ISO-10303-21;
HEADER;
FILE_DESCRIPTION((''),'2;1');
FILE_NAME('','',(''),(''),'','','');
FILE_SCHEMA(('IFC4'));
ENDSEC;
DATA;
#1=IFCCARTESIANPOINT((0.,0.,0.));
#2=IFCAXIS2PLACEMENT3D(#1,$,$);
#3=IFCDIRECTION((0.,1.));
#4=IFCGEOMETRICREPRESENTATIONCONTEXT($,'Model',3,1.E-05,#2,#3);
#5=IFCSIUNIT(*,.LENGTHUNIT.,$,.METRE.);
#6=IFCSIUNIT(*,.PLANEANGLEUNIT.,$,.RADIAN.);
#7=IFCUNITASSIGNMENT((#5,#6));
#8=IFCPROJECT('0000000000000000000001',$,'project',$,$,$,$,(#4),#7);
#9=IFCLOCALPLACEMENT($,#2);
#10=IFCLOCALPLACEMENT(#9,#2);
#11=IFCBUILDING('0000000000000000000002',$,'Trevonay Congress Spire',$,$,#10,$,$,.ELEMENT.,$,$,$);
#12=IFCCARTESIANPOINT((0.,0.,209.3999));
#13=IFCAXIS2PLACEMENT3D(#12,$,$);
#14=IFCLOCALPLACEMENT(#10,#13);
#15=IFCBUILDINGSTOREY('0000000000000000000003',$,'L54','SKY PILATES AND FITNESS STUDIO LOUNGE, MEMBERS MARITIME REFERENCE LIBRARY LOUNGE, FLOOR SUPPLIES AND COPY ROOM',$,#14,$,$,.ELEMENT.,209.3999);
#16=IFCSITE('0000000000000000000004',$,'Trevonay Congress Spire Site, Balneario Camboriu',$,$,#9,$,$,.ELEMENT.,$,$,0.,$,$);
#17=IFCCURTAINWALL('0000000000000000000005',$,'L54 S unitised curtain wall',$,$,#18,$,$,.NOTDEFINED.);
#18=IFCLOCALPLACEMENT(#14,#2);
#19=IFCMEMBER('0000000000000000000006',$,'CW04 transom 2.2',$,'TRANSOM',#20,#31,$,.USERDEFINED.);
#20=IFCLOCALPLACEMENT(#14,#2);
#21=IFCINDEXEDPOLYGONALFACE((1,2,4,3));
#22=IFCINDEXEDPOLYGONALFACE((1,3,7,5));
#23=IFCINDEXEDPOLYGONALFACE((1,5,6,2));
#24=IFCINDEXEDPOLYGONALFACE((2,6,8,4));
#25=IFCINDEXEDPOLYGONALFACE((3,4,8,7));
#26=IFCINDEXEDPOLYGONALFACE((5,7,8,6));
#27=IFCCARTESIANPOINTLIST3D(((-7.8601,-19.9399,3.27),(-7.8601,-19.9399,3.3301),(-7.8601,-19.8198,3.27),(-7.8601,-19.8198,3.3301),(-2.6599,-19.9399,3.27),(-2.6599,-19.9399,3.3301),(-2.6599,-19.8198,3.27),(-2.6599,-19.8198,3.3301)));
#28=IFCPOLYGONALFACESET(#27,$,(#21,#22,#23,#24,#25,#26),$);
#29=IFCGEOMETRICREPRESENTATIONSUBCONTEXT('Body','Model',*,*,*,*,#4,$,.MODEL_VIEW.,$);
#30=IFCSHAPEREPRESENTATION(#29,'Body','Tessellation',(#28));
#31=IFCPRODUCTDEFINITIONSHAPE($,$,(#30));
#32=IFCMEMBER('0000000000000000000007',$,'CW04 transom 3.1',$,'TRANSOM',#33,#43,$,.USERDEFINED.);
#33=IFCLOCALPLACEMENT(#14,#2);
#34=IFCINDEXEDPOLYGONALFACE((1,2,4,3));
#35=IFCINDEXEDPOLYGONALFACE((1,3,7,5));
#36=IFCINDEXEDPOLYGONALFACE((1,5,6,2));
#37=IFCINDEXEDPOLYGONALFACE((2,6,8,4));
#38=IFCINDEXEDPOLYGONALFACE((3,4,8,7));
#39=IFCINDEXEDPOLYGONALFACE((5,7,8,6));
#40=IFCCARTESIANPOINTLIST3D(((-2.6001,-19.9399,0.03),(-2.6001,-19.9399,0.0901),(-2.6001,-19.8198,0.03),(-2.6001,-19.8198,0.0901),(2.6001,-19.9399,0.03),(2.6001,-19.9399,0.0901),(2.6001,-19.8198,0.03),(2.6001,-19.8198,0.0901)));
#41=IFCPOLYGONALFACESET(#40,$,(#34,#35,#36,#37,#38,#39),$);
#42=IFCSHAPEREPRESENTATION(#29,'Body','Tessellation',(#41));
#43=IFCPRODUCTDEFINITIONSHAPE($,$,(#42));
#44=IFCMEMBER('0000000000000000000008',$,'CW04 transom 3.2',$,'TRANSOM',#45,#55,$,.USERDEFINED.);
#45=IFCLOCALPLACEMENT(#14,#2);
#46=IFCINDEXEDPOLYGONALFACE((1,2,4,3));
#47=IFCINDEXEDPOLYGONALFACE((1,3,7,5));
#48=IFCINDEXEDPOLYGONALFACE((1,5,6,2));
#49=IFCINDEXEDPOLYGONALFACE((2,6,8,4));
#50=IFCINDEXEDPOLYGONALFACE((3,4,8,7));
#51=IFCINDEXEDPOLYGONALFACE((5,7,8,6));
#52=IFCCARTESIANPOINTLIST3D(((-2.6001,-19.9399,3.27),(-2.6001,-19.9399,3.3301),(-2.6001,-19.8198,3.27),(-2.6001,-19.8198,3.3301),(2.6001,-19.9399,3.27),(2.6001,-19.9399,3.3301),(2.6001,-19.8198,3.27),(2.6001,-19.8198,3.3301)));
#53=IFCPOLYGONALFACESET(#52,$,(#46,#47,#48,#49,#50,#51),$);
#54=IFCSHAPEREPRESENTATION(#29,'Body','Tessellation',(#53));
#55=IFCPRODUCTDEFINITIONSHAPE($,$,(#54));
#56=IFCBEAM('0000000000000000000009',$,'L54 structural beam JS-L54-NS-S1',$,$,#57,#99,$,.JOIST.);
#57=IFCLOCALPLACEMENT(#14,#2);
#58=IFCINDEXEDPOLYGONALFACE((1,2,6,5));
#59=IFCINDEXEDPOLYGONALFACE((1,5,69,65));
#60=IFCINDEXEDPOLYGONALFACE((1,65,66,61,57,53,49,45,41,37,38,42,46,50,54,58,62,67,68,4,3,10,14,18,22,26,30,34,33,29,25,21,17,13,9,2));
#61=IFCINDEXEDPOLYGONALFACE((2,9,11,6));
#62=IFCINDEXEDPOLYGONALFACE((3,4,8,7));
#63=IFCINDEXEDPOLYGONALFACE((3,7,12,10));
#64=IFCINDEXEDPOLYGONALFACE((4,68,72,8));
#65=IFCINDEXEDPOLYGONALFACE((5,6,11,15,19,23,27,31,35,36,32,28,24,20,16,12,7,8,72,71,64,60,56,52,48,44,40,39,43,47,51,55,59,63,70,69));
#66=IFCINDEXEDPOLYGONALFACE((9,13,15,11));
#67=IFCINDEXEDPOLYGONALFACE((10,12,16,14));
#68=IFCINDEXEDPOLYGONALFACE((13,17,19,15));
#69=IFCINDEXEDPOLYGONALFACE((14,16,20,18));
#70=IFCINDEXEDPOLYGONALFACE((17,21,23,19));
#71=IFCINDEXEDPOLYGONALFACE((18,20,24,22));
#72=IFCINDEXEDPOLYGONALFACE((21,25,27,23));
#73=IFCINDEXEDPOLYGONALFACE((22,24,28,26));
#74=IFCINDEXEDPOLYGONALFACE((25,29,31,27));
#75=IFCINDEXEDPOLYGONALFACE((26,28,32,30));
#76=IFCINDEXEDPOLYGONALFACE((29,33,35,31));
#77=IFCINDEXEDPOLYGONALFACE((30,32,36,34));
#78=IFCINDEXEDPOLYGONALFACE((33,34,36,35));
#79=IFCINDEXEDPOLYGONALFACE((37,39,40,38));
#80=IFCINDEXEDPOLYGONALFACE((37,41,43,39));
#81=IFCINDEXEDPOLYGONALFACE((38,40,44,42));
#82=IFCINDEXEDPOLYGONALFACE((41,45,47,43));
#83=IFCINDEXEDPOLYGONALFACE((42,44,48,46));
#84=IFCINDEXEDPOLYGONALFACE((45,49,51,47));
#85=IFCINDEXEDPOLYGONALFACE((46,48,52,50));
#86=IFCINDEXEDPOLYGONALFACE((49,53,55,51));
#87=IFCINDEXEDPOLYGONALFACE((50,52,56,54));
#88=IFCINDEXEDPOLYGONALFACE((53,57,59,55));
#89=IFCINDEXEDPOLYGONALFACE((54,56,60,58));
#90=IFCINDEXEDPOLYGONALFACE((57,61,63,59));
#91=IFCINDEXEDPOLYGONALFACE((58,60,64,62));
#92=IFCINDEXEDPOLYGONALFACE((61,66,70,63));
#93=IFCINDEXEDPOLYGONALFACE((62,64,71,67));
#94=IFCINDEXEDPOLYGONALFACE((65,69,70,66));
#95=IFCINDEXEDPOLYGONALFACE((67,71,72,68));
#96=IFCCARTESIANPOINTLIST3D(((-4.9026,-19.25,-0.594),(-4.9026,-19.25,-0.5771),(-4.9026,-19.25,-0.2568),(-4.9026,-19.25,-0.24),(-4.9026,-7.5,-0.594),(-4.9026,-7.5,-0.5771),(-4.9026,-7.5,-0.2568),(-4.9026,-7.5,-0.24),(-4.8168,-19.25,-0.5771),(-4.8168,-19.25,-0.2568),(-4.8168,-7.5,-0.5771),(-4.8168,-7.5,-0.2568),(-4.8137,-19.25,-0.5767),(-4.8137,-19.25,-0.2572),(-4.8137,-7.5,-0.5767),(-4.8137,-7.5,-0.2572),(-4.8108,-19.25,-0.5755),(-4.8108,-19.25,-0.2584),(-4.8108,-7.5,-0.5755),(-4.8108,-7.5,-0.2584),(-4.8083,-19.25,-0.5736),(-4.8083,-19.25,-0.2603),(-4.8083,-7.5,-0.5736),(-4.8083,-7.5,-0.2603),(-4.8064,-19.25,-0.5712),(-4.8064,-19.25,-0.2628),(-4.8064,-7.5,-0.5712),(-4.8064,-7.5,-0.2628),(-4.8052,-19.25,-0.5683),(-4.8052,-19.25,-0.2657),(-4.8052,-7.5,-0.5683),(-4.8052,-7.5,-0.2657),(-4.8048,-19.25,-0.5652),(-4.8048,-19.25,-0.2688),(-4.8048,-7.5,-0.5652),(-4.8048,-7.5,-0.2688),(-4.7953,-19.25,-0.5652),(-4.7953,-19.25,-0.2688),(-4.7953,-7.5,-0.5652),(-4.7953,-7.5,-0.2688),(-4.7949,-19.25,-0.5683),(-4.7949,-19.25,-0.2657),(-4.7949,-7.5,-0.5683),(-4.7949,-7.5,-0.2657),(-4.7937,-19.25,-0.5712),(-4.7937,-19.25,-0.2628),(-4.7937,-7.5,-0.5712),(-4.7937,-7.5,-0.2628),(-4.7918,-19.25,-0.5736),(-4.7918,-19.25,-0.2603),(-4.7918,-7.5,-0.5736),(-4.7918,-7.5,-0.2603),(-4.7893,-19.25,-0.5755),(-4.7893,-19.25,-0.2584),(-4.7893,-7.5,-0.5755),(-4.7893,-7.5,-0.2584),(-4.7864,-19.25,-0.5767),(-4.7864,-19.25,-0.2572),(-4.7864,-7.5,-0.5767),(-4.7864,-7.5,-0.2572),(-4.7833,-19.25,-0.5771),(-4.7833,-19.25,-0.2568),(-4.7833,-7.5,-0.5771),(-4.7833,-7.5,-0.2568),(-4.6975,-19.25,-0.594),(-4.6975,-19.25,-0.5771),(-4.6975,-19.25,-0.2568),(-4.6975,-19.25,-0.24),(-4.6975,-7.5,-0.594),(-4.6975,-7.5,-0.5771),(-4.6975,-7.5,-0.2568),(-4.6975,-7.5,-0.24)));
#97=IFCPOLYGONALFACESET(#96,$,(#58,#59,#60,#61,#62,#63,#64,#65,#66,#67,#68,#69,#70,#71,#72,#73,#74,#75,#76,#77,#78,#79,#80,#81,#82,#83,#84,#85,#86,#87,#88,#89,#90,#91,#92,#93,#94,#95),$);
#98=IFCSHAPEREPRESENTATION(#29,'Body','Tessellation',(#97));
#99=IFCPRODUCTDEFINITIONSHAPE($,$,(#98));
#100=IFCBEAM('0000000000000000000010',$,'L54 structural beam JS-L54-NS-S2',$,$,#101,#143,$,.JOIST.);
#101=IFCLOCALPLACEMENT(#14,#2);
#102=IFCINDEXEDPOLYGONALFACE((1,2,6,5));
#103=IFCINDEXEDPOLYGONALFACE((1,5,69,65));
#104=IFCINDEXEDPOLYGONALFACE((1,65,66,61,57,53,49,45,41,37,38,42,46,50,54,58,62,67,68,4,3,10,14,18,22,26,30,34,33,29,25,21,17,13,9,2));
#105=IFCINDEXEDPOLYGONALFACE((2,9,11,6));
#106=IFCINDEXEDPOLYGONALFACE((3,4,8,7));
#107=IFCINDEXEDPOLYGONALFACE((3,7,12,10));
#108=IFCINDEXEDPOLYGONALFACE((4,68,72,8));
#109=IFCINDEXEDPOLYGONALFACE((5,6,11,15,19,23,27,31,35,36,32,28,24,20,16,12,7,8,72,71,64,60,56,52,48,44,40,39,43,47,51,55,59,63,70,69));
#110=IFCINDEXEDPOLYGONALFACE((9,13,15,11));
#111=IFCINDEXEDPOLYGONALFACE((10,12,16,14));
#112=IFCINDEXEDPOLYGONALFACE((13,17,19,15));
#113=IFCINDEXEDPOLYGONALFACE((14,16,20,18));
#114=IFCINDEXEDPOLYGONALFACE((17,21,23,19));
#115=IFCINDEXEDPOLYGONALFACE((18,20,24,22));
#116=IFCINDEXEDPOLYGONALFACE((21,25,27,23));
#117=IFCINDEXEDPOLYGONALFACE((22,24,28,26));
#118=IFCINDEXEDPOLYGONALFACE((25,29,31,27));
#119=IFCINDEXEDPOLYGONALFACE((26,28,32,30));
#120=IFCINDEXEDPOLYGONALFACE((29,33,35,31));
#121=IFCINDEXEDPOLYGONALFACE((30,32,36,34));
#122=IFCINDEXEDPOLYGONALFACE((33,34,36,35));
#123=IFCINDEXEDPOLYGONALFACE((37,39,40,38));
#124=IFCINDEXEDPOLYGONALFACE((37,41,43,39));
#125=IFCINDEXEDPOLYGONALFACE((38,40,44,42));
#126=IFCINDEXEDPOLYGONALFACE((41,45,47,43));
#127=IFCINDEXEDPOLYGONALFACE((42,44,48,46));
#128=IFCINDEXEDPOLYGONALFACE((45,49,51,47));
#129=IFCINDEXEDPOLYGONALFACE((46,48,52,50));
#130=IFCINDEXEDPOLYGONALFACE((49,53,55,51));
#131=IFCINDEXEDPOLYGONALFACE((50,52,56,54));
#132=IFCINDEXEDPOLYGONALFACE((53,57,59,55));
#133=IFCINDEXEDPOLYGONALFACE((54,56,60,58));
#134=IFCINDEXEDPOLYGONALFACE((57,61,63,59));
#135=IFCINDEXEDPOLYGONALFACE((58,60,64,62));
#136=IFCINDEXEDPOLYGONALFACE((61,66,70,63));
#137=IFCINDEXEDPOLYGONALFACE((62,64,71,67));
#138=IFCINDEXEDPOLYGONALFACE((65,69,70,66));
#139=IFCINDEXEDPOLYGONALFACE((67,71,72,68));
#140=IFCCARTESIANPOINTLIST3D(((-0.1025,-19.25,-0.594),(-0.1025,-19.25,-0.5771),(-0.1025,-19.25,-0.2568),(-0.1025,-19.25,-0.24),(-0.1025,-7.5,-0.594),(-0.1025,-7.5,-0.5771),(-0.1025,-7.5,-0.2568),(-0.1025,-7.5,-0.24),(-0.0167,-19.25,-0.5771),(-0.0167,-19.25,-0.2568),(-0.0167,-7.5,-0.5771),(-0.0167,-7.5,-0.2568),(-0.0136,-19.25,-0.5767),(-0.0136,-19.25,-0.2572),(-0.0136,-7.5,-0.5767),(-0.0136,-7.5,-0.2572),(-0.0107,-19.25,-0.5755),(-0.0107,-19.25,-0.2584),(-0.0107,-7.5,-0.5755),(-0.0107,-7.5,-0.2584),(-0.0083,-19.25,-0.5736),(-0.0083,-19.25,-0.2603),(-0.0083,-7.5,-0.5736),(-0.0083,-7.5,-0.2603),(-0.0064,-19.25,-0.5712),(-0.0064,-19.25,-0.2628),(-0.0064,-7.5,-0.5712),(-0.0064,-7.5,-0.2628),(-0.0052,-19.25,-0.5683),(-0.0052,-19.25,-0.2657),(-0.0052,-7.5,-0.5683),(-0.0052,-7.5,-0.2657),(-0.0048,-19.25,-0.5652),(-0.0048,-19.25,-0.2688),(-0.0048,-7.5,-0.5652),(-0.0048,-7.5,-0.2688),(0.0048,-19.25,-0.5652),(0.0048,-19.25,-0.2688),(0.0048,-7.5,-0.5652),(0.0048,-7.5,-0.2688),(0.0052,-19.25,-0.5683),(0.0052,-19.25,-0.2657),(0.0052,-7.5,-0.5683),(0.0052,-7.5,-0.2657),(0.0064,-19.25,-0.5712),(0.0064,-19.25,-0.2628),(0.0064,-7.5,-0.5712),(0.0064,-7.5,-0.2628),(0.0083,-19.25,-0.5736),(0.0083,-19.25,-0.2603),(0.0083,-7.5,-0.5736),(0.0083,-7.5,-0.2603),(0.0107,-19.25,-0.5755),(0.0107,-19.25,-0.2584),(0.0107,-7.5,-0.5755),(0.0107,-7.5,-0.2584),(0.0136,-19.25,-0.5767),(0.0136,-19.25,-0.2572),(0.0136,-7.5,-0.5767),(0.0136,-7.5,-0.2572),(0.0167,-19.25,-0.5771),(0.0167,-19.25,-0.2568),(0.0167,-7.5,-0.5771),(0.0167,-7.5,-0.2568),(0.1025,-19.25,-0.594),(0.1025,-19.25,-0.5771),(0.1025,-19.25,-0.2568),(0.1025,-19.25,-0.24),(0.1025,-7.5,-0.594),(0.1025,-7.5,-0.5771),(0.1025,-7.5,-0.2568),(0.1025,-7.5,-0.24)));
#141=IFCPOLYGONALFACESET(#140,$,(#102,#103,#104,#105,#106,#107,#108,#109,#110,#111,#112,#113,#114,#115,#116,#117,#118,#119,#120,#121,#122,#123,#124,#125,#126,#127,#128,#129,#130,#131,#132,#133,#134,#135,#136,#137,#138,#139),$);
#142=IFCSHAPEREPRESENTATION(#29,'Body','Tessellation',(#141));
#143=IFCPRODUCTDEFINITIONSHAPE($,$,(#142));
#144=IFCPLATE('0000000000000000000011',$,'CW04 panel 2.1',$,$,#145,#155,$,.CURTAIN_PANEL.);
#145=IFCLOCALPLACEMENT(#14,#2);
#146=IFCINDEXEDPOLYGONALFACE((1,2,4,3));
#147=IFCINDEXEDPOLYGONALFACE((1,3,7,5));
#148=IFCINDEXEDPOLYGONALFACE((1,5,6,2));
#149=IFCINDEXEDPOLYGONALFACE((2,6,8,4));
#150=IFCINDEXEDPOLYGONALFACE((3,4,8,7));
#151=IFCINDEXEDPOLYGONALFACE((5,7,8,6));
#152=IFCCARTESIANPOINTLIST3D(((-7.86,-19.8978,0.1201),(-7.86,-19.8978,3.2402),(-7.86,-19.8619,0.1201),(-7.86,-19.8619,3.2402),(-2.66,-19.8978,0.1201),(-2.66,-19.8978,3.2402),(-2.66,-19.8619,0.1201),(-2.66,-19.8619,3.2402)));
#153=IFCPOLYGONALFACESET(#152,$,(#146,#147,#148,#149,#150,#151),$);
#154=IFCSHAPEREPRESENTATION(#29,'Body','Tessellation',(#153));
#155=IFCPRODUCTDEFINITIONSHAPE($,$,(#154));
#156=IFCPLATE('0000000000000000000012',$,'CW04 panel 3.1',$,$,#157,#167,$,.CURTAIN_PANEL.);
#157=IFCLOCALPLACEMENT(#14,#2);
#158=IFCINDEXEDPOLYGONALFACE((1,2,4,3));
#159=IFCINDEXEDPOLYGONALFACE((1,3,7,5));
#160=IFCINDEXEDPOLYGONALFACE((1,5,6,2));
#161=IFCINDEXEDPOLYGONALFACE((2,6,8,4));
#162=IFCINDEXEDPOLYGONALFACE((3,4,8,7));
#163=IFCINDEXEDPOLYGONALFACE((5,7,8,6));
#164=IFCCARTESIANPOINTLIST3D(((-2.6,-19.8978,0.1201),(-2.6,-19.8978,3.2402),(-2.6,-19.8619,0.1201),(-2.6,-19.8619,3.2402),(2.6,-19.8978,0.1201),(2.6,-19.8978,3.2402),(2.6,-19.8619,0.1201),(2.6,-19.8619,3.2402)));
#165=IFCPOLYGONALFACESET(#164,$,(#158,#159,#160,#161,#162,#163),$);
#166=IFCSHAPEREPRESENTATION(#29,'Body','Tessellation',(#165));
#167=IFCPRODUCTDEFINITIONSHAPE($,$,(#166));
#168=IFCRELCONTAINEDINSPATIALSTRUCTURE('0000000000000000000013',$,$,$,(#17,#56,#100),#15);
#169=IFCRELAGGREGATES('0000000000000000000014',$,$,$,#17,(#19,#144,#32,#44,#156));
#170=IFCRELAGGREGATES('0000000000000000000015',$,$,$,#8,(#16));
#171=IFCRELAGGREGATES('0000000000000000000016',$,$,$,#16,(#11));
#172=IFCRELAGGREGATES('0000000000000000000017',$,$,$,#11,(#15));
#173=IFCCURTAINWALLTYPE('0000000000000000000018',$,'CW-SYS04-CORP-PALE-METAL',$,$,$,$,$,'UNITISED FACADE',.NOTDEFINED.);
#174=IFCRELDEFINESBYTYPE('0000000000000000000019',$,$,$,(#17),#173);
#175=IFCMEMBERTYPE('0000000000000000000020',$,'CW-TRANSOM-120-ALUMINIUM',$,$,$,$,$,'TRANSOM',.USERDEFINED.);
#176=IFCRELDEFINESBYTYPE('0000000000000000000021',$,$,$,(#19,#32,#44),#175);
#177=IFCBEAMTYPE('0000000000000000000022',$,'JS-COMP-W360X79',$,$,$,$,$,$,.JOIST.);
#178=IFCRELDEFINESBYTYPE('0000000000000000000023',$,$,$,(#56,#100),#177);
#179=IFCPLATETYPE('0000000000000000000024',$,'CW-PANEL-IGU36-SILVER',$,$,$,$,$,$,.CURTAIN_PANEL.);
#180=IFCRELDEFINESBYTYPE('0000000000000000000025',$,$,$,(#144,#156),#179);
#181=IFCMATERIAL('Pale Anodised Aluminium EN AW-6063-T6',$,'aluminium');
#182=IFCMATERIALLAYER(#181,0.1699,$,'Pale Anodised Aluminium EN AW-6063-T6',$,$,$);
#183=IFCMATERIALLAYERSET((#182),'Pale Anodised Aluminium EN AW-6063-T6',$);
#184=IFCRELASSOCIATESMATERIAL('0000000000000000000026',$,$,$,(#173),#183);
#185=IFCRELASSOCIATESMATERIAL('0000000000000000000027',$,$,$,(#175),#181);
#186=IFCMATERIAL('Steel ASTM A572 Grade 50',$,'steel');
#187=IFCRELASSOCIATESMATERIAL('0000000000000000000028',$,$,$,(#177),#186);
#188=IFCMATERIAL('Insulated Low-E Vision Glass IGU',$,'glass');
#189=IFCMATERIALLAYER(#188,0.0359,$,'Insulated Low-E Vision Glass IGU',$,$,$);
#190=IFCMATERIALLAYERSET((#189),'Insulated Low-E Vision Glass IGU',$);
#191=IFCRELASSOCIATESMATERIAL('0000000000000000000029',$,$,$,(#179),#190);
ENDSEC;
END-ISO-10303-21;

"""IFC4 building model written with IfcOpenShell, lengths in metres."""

from ifc_helpers import new_model, si_unit, direction, frame, origin, origin_2d, place, context, subcontext, project, spatial, rectangle, i_section, extrude, material, layer, layer_set, material_profile, profile_set, type_object, element, aggregate, save


model = new_model("IFC4")

# Units and contexts
model_context = context("Model", 3, precision=1e-05, world=origin(), true_north=direction((0.0, 1.0)))
body_context = subcontext(model_context, "Body", "Model", "MODEL_VIEW")
ifc_project = project(units=[si_unit("LENGTHUNIT", "METRE"), si_unit("PLANEANGLEUNIT", "RADIAN")], contexts=[model_context])

# Site, building, storey
site_placement = place(None, origin())
site = spatial("IfcSite", under=ifc_project, at=site_placement, Name="Trevonay Congress Spire Site, Balneario Camboriu", CompositionType="ELEMENT", RefElevation=0.0)
building_placement = place(site_placement, origin())
building = spatial("IfcBuilding", under=site, at=building_placement, Name="Trevonay Congress Spire", CompositionType="ELEMENT")
storey_placement = place(building_placement, frame((0.0, 0.0, 209.3999)))
storey = spatial("IfcBuildingStorey", under=building, at=storey_placement, Name="L54", Description="SKY PILATES AND FITNESS STUDIO LOUNGE, MEMBERS MARITIME REFERENCE LIBRARY LOUNGE, FLOOR SUPPLIES AND COPY ROOM", CompositionType="ELEMENT", Elevation=209.3999)

# Shared definitions
ifc_material_1 = material(Name="Steel ASTM A572 Grade 50", Category="steel")

# Curtain wall, members
ifc_material_2 = material(Name="Pale Anodised Aluminium EN AW-6063-T6", Category="aluminium")
ifc_layer_1 = layer(ifc_material_2, 0.1699, Name="Pale Anodised Aluminium EN AW-6063-T6")
ifc_layer_set_1 = layer_set([ifc_layer_1], Name="Pale Anodised Aluminium EN AW-6063-T6")
curtain_wall_type = type_object("IfcCurtainWallType", Name="CW-SYS04-CORP-PALE-METAL", ElementType="UNITISED FACADE", PredefinedType="NOTDEFINED", material=ifc_layer_set_1)
curtain_wall_placement = place(storey_placement, origin())
curtain_wall = element("IfcCurtainWall", 1, at=curtain_wall_placement, inside=storey, type_object=curtain_wall_type, Name="L54 S unitised curtain wall", PredefinedType="NOTDEFINED")
ifc_material_profile_1 = material_profile(ifc_material_2, rectangle(XDim=0.1201, YDim=0.0601, at=origin_2d()), Name="CW-TRANSOM-120-ALUMINIUM")
ifc_profile_set_1 = profile_set([ifc_material_profile_1], Name="Pale Anodised Aluminium EN AW-6063-T6")
member_type_1 = type_object("IfcMemberType", Name="CW-TRANSOM-120-ALUMINIUM", ElementType="TRANSOM", PredefinedType="USERDEFINED", material=ifc_profile_set_1)
member_1_placement = place(storey_placement, frame((-7.8601, -19.8799, 3.3), z_axis=(1.0, 0.0, 0.0), x_axis=(0.0, 1.0, 0.0)))
member_1 = element("IfcMember", 2, at=member_1_placement, type_object=member_type_1, Name="CW04 transom 2.2", ObjectType="TRANSOM", PredefinedType="USERDEFINED", context=body_context, shape_type="SweptSolid", body=[
    extrude(rectangle(XDim=0.1201, YDim=0.0601, at=origin_2d()), origin(), (0.0, 0.0, 1.0), 5.2002),
])
member_2_placement = place(storey_placement, frame((-2.6001, -19.8799, 0.0601), z_axis=(1.0, 0.0, 0.0), x_axis=(0.0, 1.0, 0.0)))
member_2 = element("IfcMember", 3, at=member_2_placement, type_object=member_type_1, Name="CW04 transom 3.1", ObjectType="TRANSOM", PredefinedType="USERDEFINED", context=body_context, shape_type="SweptSolid", body=[
    extrude(rectangle(XDim=0.1201, YDim=0.0601, at=origin_2d()), origin(), (0.0, 0.0, 1.0), 5.2002),
])
member_3_placement = place(storey_placement, frame((-2.6001, -19.8799, 3.3), z_axis=(1.0, 0.0, 0.0), x_axis=(0.0, 1.0, 0.0)))
member_3 = element("IfcMember", 4, at=member_3_placement, type_object=member_type_1, Name="CW04 transom 3.2", ObjectType="TRANSOM", PredefinedType="USERDEFINED", context=body_context, shape_type="SweptSolid", body=[
    extrude(rectangle(XDim=0.1201, YDim=0.0601, at=origin_2d()), origin(), (0.0, 0.0, 1.0), 5.2002),
])

# Beams
ifc_material_profile_2 = material_profile(ifc_material_1, i_section(OverallWidth=0.2051, OverallDepth=0.354, WebThickness=0.0095, FlangeThickness=0.0168, FilletRadius=0.012, at=origin_2d()), Name="W360x79")
ifc_profile_set_2 = profile_set([ifc_material_profile_2], Name="Steel ASTM A572 Grade 50")
beam_type_1 = type_object("IfcBeamType", Name="JS-COMP-W360X79", PredefinedType="JOIST", material=ifc_profile_set_2)
for number, where, z_axis, x_axis, name in (
    (5, (-4.8, -19.25, -0.417), (0.0, 1.0, 0.0), (-1.0, 0.0, 0.0), "L54 structural beam JS-L54-NS-S1"),
    (6, (0.0, -19.25, -0.417), (0.0, 1.0, 0.0), (-1.0, 0.0, 0.0), "L54 structural beam JS-L54-NS-S2"),
):
    element("IfcBeam", number, at=place(storey_placement, frame(where, z_axis=z_axis, x_axis=x_axis)), inside=storey, type_object=beam_type_1, Name=name, PredefinedType="JOIST", context=body_context, shape_type="SweptSolid", body=[
        extrude(i_section(OverallWidth=0.2051, OverallDepth=0.354, WebThickness=0.0095, FlangeThickness=0.0168, FilletRadius=0.012, at=origin_2d()), origin(), (0.0, 0.0, 1.0), 11.75),
    ])

# Plates
ifc_material_3 = material(Name="Insulated Low-E Vision Glass IGU", Category="glass")
ifc_layer_2 = layer(ifc_material_3, 0.0359, Name="Insulated Low-E Vision Glass IGU")
ifc_layer_set_2 = layer_set([ifc_layer_2], Name="Insulated Low-E Vision Glass IGU")
plate_type = type_object("IfcPlateType", Name="CW-PANEL-IGU36-SILVER", PredefinedType="CURTAIN_PANEL", material=ifc_layer_set_2)
plate_1_placement = place(storey_placement, frame((-5.26, -19.8799, 0.1201), z_axis=(0.0, 0.0, 1.0), x_axis=(1.0, 0.0, 0.0)))
plate_1 = element("IfcPlate", 7, at=plate_1_placement, type_object=plate_type, Name="CW04 panel 2.1", PredefinedType="CURTAIN_PANEL", context=body_context, shape_type="SweptSolid", body=[
    extrude(rectangle(XDim=5.2, YDim=0.0359, at=origin_2d()), origin(), (0.0, 0.0, 1.0), 3.1201),
])
plate_2_placement = place(storey_placement, frame((0.0, -19.8799, 0.1201), z_axis=(0.0, 0.0, 1.0), x_axis=(1.0, 0.0, 0.0)))
plate_2 = element("IfcPlate", 8, at=plate_2_placement, type_object=plate_type, Name="CW04 panel 3.1", PredefinedType="CURTAIN_PANEL", context=body_context, shape_type="SweptSolid", body=[
    extrude(rectangle(XDim=5.2, YDim=0.0359, at=origin_2d()), origin(), (0.0, 0.0, 1.0), 3.1201),
])
aggregate(curtain_wall, [member_1, plate_1, member_2, member_3, plate_2])

save(model, "model.ifc")
